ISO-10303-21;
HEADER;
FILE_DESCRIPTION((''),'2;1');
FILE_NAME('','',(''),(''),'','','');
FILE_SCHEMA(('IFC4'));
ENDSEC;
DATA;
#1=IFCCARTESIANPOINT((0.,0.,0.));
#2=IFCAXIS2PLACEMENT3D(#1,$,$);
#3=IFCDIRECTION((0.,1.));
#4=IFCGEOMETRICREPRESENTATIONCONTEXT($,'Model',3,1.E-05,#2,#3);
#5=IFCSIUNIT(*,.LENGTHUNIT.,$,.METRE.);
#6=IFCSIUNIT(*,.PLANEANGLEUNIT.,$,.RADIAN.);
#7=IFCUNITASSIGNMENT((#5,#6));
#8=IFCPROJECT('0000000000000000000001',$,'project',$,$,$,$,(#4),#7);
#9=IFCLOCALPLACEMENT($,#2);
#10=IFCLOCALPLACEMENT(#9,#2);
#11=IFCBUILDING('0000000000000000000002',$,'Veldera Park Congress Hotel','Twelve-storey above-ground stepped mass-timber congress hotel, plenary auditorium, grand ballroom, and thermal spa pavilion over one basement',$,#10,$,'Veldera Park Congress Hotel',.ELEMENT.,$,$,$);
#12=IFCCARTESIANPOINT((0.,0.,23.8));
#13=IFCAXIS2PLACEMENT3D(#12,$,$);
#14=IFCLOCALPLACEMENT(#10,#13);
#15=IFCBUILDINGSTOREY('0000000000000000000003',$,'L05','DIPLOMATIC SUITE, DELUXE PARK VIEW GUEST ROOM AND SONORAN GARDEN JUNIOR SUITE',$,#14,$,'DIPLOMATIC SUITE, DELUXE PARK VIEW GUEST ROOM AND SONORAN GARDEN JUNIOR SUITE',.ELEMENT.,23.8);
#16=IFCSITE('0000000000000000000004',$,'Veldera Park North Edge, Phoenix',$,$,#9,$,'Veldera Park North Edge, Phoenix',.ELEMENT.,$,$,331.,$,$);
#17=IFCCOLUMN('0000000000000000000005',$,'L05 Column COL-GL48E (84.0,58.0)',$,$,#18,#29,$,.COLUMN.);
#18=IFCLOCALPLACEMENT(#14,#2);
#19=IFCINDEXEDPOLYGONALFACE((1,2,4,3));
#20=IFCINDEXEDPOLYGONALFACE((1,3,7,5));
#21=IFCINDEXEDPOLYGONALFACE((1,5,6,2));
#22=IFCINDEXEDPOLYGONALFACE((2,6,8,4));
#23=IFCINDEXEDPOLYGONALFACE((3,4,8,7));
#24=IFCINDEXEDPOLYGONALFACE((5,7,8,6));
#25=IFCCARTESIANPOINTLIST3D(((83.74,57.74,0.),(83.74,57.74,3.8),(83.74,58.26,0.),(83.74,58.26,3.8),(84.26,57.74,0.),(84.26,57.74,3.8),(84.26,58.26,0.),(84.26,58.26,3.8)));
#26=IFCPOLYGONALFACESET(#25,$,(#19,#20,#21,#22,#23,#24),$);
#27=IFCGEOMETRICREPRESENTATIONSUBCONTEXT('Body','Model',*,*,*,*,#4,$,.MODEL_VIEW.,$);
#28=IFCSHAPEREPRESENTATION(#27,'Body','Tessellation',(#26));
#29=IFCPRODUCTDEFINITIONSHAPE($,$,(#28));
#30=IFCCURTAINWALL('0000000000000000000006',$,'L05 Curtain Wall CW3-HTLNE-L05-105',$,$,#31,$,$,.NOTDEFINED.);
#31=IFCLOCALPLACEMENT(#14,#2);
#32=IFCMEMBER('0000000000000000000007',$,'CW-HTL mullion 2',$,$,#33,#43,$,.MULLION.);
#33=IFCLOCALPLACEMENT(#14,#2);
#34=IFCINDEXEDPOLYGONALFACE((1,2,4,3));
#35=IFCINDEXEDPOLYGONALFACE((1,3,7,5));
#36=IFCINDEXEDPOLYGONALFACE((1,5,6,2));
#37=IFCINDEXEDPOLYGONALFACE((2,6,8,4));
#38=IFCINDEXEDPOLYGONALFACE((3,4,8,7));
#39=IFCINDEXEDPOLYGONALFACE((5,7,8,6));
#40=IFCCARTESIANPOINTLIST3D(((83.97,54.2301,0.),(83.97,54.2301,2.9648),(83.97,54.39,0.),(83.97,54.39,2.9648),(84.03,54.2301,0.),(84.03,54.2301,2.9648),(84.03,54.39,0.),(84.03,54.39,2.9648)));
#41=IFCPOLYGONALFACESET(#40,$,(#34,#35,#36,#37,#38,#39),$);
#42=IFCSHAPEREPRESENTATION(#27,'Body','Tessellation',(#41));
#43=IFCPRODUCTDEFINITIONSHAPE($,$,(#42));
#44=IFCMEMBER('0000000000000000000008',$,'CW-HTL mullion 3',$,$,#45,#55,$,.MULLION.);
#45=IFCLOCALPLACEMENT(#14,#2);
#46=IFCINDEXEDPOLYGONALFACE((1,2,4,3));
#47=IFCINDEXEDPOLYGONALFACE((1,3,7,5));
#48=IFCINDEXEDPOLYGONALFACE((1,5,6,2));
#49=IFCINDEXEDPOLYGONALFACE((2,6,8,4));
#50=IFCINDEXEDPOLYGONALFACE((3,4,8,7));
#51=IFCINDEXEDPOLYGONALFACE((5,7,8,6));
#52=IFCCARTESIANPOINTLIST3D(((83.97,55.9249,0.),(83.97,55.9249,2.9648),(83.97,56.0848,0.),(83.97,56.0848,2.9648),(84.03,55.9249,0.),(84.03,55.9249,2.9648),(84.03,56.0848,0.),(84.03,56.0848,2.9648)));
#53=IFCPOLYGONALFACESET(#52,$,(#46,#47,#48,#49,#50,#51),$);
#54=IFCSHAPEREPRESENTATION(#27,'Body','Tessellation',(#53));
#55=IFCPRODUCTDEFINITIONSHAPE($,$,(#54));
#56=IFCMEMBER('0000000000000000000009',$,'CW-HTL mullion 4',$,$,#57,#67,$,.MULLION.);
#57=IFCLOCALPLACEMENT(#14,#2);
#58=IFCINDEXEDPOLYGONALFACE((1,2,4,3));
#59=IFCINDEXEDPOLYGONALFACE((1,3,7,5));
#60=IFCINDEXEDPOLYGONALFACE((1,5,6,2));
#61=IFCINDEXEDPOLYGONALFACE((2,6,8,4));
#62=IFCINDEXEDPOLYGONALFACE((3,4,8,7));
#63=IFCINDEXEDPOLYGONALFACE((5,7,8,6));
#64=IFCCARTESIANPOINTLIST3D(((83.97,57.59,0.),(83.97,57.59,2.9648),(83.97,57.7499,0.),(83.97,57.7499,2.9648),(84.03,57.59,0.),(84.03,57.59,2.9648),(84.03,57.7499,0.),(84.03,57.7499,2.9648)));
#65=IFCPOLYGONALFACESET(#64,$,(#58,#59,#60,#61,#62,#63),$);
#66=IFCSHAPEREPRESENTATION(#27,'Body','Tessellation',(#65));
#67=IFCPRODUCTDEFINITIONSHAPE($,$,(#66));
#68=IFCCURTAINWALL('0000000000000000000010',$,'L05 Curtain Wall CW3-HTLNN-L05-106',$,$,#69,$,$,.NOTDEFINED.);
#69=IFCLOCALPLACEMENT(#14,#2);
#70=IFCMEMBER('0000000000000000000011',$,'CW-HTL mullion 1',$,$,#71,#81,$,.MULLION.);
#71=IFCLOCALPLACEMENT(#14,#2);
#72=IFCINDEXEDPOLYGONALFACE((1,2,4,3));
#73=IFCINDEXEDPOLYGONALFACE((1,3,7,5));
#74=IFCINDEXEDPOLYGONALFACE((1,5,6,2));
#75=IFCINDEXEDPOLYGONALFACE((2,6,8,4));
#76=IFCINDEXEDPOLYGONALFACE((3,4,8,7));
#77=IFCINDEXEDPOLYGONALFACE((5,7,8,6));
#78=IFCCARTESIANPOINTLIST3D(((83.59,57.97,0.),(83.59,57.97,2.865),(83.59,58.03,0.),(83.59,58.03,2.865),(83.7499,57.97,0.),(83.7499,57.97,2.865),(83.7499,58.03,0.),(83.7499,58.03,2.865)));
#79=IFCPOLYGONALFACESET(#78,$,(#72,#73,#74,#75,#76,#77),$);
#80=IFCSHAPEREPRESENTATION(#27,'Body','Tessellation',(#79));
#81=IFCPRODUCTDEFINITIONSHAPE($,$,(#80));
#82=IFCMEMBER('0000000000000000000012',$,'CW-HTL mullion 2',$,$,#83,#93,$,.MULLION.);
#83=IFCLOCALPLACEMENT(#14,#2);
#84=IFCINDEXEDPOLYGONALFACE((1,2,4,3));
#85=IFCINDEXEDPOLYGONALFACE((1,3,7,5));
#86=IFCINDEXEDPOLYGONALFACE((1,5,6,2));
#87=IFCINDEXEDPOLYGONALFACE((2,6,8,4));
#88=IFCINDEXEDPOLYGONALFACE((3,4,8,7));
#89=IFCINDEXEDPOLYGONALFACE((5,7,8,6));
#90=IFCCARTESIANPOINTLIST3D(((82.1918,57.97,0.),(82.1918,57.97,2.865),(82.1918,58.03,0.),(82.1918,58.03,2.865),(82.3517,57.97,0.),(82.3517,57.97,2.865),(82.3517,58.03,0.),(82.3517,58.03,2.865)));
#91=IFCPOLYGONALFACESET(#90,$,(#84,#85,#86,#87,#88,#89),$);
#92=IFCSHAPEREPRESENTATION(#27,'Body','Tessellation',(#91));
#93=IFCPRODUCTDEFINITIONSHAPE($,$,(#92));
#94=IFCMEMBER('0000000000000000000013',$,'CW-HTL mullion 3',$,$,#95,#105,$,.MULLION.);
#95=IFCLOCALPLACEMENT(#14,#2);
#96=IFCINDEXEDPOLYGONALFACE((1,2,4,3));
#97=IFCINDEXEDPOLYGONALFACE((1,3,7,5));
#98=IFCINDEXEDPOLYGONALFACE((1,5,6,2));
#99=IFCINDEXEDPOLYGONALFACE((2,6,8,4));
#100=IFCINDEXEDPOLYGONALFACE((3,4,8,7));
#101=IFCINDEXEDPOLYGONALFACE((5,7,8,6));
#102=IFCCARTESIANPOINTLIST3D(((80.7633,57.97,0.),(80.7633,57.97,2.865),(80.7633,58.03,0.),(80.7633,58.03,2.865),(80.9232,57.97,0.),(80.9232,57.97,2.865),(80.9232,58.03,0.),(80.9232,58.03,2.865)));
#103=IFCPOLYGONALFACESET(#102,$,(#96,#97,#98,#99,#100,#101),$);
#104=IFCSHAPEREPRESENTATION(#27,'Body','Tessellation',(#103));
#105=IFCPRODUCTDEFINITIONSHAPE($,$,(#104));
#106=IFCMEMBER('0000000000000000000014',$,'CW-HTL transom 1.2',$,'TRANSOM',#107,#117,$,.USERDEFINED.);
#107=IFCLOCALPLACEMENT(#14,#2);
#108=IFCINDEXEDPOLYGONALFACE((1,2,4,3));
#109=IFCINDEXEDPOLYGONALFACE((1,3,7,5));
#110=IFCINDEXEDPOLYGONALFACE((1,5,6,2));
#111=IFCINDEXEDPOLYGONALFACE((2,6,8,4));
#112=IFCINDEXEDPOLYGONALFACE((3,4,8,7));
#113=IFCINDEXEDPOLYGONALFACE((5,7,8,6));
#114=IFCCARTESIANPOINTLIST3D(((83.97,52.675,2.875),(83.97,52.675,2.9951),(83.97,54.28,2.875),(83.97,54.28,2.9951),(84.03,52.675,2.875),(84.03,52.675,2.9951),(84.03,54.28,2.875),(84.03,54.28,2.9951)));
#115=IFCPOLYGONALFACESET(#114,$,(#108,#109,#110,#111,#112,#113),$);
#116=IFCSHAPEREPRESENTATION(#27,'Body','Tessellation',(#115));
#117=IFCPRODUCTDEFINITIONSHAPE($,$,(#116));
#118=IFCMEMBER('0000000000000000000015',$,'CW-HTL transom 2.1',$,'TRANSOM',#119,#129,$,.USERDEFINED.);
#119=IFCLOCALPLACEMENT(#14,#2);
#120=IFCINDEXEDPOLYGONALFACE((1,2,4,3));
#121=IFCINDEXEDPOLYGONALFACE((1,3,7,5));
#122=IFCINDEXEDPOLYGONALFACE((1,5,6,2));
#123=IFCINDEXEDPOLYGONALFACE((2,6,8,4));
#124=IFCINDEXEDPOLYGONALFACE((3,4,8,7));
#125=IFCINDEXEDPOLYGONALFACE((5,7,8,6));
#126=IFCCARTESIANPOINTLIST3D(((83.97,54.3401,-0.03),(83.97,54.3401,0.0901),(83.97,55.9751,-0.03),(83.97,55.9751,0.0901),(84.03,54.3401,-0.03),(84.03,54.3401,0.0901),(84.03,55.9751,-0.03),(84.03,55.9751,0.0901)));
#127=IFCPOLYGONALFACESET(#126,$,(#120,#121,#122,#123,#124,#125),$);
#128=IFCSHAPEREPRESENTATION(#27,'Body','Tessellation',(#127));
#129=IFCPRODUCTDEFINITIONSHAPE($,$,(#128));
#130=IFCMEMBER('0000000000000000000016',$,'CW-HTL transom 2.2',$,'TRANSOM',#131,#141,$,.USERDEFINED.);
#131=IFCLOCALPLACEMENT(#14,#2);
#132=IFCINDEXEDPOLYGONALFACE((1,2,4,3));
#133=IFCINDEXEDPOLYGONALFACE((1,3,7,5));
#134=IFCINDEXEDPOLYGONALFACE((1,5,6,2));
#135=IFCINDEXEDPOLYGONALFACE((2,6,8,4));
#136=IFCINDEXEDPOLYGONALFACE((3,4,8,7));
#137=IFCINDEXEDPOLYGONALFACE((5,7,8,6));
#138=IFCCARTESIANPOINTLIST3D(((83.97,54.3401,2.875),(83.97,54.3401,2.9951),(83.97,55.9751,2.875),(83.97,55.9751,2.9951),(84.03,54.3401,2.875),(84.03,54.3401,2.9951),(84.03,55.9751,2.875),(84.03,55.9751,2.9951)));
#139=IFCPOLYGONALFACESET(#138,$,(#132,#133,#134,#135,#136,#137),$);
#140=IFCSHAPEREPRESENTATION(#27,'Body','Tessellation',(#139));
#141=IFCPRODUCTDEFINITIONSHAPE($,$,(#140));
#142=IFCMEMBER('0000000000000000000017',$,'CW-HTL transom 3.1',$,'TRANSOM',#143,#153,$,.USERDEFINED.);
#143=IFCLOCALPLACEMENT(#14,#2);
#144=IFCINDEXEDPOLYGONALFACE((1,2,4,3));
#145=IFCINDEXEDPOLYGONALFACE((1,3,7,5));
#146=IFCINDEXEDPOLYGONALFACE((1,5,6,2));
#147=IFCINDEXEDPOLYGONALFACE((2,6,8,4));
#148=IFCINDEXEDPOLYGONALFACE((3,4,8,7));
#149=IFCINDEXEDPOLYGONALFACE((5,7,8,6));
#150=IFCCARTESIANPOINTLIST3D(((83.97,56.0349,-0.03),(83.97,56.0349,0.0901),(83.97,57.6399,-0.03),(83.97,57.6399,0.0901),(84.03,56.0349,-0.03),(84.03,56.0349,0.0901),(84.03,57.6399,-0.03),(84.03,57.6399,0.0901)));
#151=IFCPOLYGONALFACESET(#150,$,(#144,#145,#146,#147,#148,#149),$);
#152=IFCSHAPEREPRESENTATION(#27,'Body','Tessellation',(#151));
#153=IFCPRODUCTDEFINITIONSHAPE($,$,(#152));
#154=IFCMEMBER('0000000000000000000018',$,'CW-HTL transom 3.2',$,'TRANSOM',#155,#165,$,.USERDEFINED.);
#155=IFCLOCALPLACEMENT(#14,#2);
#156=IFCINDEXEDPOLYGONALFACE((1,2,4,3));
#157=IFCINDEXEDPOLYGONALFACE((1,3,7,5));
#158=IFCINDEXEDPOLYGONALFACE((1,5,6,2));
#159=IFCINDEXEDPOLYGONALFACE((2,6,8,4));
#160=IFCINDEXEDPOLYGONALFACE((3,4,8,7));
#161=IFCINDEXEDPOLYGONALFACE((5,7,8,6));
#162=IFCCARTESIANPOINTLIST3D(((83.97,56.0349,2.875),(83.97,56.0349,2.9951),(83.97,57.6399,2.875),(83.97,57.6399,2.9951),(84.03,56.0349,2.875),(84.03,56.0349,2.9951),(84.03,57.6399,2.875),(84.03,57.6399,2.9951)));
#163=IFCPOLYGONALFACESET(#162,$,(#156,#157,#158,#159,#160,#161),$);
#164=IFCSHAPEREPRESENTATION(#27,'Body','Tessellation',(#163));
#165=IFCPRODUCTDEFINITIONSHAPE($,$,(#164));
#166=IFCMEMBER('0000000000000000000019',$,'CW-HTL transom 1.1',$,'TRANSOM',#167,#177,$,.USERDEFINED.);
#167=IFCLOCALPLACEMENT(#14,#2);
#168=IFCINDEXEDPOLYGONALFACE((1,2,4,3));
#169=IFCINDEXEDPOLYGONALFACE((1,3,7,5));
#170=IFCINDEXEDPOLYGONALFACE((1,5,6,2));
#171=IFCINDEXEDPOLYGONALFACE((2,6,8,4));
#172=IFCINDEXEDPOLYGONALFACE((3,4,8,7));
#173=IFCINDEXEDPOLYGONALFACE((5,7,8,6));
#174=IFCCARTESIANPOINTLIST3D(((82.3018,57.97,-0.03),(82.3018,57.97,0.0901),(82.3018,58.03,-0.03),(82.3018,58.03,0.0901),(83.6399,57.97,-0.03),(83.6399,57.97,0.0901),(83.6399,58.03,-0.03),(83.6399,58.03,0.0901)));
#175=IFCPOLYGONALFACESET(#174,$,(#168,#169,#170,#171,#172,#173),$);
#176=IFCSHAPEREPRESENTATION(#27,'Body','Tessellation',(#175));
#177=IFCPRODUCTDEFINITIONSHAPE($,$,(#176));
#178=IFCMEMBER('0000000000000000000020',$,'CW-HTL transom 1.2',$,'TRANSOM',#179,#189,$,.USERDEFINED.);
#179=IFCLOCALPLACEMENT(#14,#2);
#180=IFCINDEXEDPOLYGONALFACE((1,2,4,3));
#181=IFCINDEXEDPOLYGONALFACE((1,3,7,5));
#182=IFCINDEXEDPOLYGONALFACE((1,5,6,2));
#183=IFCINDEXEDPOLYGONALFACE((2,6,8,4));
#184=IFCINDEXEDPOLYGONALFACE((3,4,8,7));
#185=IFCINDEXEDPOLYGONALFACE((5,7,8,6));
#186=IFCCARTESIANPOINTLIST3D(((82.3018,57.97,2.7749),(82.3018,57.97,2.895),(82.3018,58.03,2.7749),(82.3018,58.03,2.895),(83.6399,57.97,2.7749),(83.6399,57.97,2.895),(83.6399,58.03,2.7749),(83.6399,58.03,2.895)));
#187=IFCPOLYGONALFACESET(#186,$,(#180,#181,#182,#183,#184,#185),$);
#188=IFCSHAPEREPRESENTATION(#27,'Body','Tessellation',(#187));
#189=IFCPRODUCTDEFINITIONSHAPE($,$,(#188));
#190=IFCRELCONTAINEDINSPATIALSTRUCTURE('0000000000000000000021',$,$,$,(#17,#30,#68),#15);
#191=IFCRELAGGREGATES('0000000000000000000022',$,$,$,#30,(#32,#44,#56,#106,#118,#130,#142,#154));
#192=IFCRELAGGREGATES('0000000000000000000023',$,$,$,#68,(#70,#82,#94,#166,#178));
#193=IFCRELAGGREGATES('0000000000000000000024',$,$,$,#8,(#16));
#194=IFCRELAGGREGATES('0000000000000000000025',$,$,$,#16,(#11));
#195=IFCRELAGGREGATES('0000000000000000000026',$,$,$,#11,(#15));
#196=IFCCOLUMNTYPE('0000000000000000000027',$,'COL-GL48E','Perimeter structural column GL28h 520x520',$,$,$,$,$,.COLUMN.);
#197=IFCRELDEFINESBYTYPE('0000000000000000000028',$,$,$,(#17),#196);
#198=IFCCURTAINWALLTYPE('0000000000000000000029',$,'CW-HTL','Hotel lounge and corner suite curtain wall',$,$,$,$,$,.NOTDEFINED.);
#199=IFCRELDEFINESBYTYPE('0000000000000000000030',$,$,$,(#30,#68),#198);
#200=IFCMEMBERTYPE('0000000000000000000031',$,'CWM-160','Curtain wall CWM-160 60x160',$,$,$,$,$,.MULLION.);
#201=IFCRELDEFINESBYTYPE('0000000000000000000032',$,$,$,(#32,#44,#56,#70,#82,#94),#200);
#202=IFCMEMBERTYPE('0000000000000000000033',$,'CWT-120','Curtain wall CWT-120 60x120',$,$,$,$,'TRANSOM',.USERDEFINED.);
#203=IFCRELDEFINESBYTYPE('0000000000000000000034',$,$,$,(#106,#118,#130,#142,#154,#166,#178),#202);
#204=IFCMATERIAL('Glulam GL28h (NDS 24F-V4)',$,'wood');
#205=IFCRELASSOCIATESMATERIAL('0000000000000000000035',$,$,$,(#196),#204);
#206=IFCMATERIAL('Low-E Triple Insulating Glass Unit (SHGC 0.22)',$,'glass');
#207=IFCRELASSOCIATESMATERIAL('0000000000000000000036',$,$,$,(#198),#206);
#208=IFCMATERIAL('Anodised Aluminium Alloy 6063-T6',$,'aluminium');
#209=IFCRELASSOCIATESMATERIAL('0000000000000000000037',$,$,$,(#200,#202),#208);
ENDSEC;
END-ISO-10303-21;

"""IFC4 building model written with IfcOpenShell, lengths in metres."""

from ifc_helpers import new_model, si_unit, direction, frame, origin, origin_2d, place, context, subcontext, project, spatial, rectangle, extrude, material, material_profile, profile_set, type_object, element, aggregate, save


model = new_model("IFC4")

# Units and contexts
model_context = context("Model", 3, precision=1e-05, world=origin(), true_north=direction((0.0, 1.0)))
body_context = subcontext(model_context, "Body", "Model", "MODEL_VIEW")
ifc_project = project(units=[si_unit("LENGTHUNIT", "METRE"), si_unit("PLANEANGLEUNIT", "RADIAN")], contexts=[model_context])

# Site, building, storey
site_placement = place(None, origin())
site = spatial("IfcSite", under=ifc_project, at=site_placement, Name="Veldera Park North Edge, Phoenix", LongName="Veldera Park North Edge, Phoenix", CompositionType="ELEMENT", RefElevation=331.0)
building_placement = place(site_placement, origin())
building = spatial("IfcBuilding", under=site, at=building_placement, Name="Veldera Park Congress Hotel", Description="Twelve-storey above-ground stepped mass-timber congress hotel, plenary auditorium, grand ballroom, and thermal spa pavilion over one basement", LongName="Veldera Park Congress Hotel", CompositionType="ELEMENT")
storey_placement = place(building_placement, frame((0.0, 0.0, 23.8)))
storey = spatial("IfcBuildingStorey", under=building, at=storey_placement, Name="L05", Description="DIPLOMATIC SUITE, DELUXE PARK VIEW GUEST ROOM AND SONORAN GARDEN JUNIOR SUITE", LongName="DIPLOMATIC SUITE, DELUXE PARK VIEW GUEST ROOM AND SONORAN GARDEN JUNIOR SUITE", CompositionType="ELEMENT", Elevation=23.8)

# Column
ifc_material_1 = material(Name="Glulam GL28h (NDS 24F-V4)", Category="wood")
ifc_material_profile_1 = material_profile(ifc_material_1, rectangle(XDim=0.52, YDim=0.52, at=origin_2d()), Name="GL28h 520x520")
ifc_profile_set_1 = profile_set([ifc_material_profile_1], Name="Glulam GL28h (NDS 24F-V4)")
column_type = type_object("IfcColumnType", Name="COL-GL48E", Description="Perimeter structural column GL28h 520x520", PredefinedType="COLUMN", material=ifc_profile_set_1)
column_placement = place(storey_placement, frame((84.0, 58.0, 0.0), z_axis=(0.0, 0.0, 1.0), x_axis=(1.0, 0.0, 0.0)))
element("IfcColumn", 1, at=column_placement, inside=storey, type_object=column_type, Name="L05 Column COL-GL48E (84.0,58.0)", PredefinedType="COLUMN", context=body_context, shape_type="SweptSolid", body=[
    extrude(rectangle(XDim=0.52, YDim=0.52, at=origin_2d()), origin(), (0.0, 0.0, 1.0), 3.8),
])

# Curtain walls, members
ifc_material_2 = material(Name="Low-E Triple Insulating Glass Unit (SHGC 0.22)", Category="glass")
curtain_wall_type = type_object("IfcCurtainWallType", Name="CW-HTL", Description="Hotel lounge and corner suite curtain wall", PredefinedType="NOTDEFINED", material=ifc_material_2)
curtain_wall_1_placement = place(storey_placement, origin())
curtain_wall_1 = element("IfcCurtainWall", 2, at=curtain_wall_1_placement, inside=storey, type_object=curtain_wall_type, Name="L05 Curtain Wall CW3-HTLNE-L05-105", PredefinedType="NOTDEFINED")
ifc_material_3 = material(Name="Anodised Aluminium Alloy 6063-T6", Category="aluminium")
ifc_material_profile_2 = material_profile(ifc_material_3, rectangle(XDim=0.0601, YDim=0.1599, at=origin_2d()), Name="ALU 60x160")
ifc_profile_set_2 = profile_set([ifc_material_profile_2], Name="Anodised Aluminium Alloy 6063-T6")
member_type_1 = type_object("IfcMemberType", Name="CWM-160", Description="Curtain wall CWM-160 60x160", PredefinedType="MULLION", material=ifc_profile_set_2)
member_1_placement = place(storey_placement, frame((84.0, 54.3101, 0.0), z_axis=(0.0, 0.0, 1.0), x_axis=(-1.0, 0.0, 0.0)))
member_1 = element("IfcMember", 3, at=member_1_placement, type_object=member_type_1, Name="CW-HTL mullion 2", PredefinedType="MULLION", context=body_context, shape_type="SweptSolid", body=[
    extrude(rectangle(XDim=0.0601, YDim=0.1599, at=origin_2d()), origin(), (0.0, 0.0, 1.0), 2.9648),
])
member_2_placement = place(storey_placement, frame((84.0, 56.0049, 0.0), z_axis=(0.0, 0.0, 1.0), x_axis=(-1.0, 0.0, 0.0)))
member_2 = element("IfcMember", 4, at=member_2_placement, type_object=member_type_1, Name="CW-HTL mullion 3", PredefinedType="MULLION", context=body_context, shape_type="SweptSolid", body=[
    extrude(rectangle(XDim=0.0601, YDim=0.1599, at=origin_2d()), origin(), (0.0, 0.0, 1.0), 2.9648),
])
member_3_placement = place(storey_placement, frame((84.0, 57.6699, 0.0), z_axis=(0.0, 0.0, 1.0), x_axis=(-1.0, 0.0, 0.0)))
member_3 = element("IfcMember", 5, at=member_3_placement, type_object=member_type_1, Name="CW-HTL mullion 4", PredefinedType="MULLION", context=body_context, shape_type="SweptSolid", body=[
    extrude(rectangle(XDim=0.0601, YDim=0.1599, at=origin_2d()), origin(), (0.0, 0.0, 1.0), 2.9648),
])
curtain_wall_2_placement = place(storey_placement, origin())
curtain_wall_2 = element("IfcCurtainWall", 6, at=curtain_wall_2_placement, inside=storey, type_object=curtain_wall_type, Name="L05 Curtain Wall CW3-HTLNN-L05-106", PredefinedType="NOTDEFINED")
member_4_placement = place(storey_placement, frame((83.6699, 58.0, 0.0), z_axis=(0.0, 0.0, 1.0), x_axis=(0.0, -1.0, 0.0)))
member_4 = element("IfcMember", 7, at=member_4_placement, type_object=member_type_1, Name="CW-HTL mullion 1", PredefinedType="MULLION", context=body_context, shape_type="SweptSolid", body=[
    extrude(rectangle(XDim=0.0601, YDim=0.1599, at=origin_2d()), origin(), (0.0, 0.0, 1.0), 2.865),
])
member_5_placement = place(storey_placement, frame((82.2717, 58.0, 0.0), z_axis=(0.0, 0.0, 1.0), x_axis=(0.0, -1.0, 0.0)))
member_5 = element("IfcMember", 8, at=member_5_placement, type_object=member_type_1, Name="CW-HTL mullion 2", PredefinedType="MULLION", context=body_context, shape_type="SweptSolid", body=[
    extrude(rectangle(XDim=0.0601, YDim=0.1599, at=origin_2d()), origin(), (0.0, 0.0, 1.0), 2.865),
])
member_6_placement = place(storey_placement, frame((80.8433, 58.0, 0.0), z_axis=(0.0, 0.0, 1.0), x_axis=(0.0, -1.0, 0.0)))
member_6 = element("IfcMember", 9, at=member_6_placement, type_object=member_type_1, Name="CW-HTL mullion 3", PredefinedType="MULLION", context=body_context, shape_type="SweptSolid", body=[
    extrude(rectangle(XDim=0.0601, YDim=0.1599, at=origin_2d()), origin(), (0.0, 0.0, 1.0), 2.865),
])

# Members
ifc_material_profile_3 = material_profile(ifc_material_3, rectangle(XDim=0.0601, YDim=0.1201, at=origin_2d()), Name="ALU 60x120")
ifc_profile_set_3 = profile_set([ifc_material_profile_3], Name="Anodised Aluminium Alloy 6063-T6")
member_type_2 = type_object("IfcMemberType", Name="CWT-120", Description="Curtain wall CWT-120 60x120", ElementType="TRANSOM", PredefinedType="USERDEFINED", material=ifc_profile_set_3)
member_7_placement = place(storey_placement, frame((84.0, 52.675, 2.9351), z_axis=(0.0, 1.0, 0.0), x_axis=(-1.0, 0.0, 0.0)))
member_7 = element("IfcMember", 10, at=member_7_placement, type_object=member_type_2, Name="CW-HTL transom 1.2", ObjectType="TRANSOM", PredefinedType="USERDEFINED", context=body_context, shape_type="SweptSolid", body=[
    extrude(rectangle(XDim=0.0601, YDim=0.1201, at=origin_2d()), origin(), (0.0, 0.0, 1.0), 1.605),
])
member_8_placement = place(storey_placement, frame((84.0, 54.3401, 0.03), z_axis=(0.0, 1.0, 0.0), x_axis=(-1.0, 0.0, 0.0)))
member_8 = element("IfcMember", 11, at=member_8_placement, type_object=member_type_2, Name="CW-HTL transom 2.1", ObjectType="TRANSOM", PredefinedType="USERDEFINED", context=body_context, shape_type="SweptSolid", body=[
    extrude(rectangle(XDim=0.0601, YDim=0.1201, at=origin_2d()), origin(), (0.0, 0.0, 1.0), 1.635),
])
member_9_placement = place(storey_placement, frame((84.0, 54.3401, 2.9351), z_axis=(0.0, 1.0, 0.0), x_axis=(-1.0, 0.0, 0.0)))
member_9 = element("IfcMember", 12, at=member_9_placement, type_object=member_type_2, Name="CW-HTL transom 2.2", ObjectType="TRANSOM", PredefinedType="USERDEFINED", context=body_context, shape_type="SweptSolid", body=[
    extrude(rectangle(XDim=0.0601, YDim=0.1201, at=origin_2d()), origin(), (0.0, 0.0, 1.0), 1.635),
])
member_10_placement = place(storey_placement, frame((84.0, 56.0349, 0.03), z_axis=(0.0, 1.0, 0.0), x_axis=(-1.0, 0.0, 0.0)))
member_10 = element("IfcMember", 13, at=member_10_placement, type_object=member_type_2, Name="CW-HTL transom 3.1", ObjectType="TRANSOM", PredefinedType="USERDEFINED", context=body_context, shape_type="SweptSolid", body=[
    extrude(rectangle(XDim=0.0601, YDim=0.1201, at=origin_2d()), origin(), (0.0, 0.0, 1.0), 1.605),
])
member_11_placement = place(storey_placement, frame((84.0, 56.0349, 2.9351), z_axis=(0.0, 1.0, 0.0), x_axis=(-1.0, 0.0, 0.0)))
member_11 = element("IfcMember", 14, at=member_11_placement, type_object=member_type_2, Name="CW-HTL transom 3.2", ObjectType="TRANSOM", PredefinedType="USERDEFINED", context=body_context, shape_type="SweptSolid", body=[
    extrude(rectangle(XDim=0.0601, YDim=0.1201, at=origin_2d()), origin(), (0.0, 0.0, 1.0), 1.605),
])
member_12_placement = place(storey_placement, frame((83.6399, 58.0, 0.03), z_axis=(-1.0, 0.0, 0.0), x_axis=(0.0, -1.0, 0.0)))
member_12 = element("IfcMember", 15, at=member_12_placement, type_object=member_type_2, Name="CW-HTL transom 1.1", ObjectType="TRANSOM", PredefinedType="USERDEFINED", context=body_context, shape_type="SweptSolid", body=[
    extrude(rectangle(XDim=0.0601, YDim=0.1201, at=origin_2d()), origin(), (0.0, 0.0, 1.0), 1.3381),
])
member_13_placement = place(storey_placement, frame((83.6399, 58.0, 2.835), z_axis=(-1.0, 0.0, 0.0), x_axis=(0.0, -1.0, 0.0)))
member_13 = element("IfcMember", 16, at=member_13_placement, type_object=member_type_2, Name="CW-HTL transom 1.2", ObjectType="TRANSOM", PredefinedType="USERDEFINED", context=body_context, shape_type="SweptSolid", body=[
    extrude(rectangle(XDim=0.0601, YDim=0.1201, at=origin_2d()), origin(), (0.0, 0.0, 1.0), 1.3381),
])

aggregate(curtain_wall_1, [member_1, member_2, member_3, member_7, member_8, member_9, member_10, member_11])
aggregate(curtain_wall_2, [member_4, member_5, member_6, member_12, member_13])

save(model, "model.ifc")
